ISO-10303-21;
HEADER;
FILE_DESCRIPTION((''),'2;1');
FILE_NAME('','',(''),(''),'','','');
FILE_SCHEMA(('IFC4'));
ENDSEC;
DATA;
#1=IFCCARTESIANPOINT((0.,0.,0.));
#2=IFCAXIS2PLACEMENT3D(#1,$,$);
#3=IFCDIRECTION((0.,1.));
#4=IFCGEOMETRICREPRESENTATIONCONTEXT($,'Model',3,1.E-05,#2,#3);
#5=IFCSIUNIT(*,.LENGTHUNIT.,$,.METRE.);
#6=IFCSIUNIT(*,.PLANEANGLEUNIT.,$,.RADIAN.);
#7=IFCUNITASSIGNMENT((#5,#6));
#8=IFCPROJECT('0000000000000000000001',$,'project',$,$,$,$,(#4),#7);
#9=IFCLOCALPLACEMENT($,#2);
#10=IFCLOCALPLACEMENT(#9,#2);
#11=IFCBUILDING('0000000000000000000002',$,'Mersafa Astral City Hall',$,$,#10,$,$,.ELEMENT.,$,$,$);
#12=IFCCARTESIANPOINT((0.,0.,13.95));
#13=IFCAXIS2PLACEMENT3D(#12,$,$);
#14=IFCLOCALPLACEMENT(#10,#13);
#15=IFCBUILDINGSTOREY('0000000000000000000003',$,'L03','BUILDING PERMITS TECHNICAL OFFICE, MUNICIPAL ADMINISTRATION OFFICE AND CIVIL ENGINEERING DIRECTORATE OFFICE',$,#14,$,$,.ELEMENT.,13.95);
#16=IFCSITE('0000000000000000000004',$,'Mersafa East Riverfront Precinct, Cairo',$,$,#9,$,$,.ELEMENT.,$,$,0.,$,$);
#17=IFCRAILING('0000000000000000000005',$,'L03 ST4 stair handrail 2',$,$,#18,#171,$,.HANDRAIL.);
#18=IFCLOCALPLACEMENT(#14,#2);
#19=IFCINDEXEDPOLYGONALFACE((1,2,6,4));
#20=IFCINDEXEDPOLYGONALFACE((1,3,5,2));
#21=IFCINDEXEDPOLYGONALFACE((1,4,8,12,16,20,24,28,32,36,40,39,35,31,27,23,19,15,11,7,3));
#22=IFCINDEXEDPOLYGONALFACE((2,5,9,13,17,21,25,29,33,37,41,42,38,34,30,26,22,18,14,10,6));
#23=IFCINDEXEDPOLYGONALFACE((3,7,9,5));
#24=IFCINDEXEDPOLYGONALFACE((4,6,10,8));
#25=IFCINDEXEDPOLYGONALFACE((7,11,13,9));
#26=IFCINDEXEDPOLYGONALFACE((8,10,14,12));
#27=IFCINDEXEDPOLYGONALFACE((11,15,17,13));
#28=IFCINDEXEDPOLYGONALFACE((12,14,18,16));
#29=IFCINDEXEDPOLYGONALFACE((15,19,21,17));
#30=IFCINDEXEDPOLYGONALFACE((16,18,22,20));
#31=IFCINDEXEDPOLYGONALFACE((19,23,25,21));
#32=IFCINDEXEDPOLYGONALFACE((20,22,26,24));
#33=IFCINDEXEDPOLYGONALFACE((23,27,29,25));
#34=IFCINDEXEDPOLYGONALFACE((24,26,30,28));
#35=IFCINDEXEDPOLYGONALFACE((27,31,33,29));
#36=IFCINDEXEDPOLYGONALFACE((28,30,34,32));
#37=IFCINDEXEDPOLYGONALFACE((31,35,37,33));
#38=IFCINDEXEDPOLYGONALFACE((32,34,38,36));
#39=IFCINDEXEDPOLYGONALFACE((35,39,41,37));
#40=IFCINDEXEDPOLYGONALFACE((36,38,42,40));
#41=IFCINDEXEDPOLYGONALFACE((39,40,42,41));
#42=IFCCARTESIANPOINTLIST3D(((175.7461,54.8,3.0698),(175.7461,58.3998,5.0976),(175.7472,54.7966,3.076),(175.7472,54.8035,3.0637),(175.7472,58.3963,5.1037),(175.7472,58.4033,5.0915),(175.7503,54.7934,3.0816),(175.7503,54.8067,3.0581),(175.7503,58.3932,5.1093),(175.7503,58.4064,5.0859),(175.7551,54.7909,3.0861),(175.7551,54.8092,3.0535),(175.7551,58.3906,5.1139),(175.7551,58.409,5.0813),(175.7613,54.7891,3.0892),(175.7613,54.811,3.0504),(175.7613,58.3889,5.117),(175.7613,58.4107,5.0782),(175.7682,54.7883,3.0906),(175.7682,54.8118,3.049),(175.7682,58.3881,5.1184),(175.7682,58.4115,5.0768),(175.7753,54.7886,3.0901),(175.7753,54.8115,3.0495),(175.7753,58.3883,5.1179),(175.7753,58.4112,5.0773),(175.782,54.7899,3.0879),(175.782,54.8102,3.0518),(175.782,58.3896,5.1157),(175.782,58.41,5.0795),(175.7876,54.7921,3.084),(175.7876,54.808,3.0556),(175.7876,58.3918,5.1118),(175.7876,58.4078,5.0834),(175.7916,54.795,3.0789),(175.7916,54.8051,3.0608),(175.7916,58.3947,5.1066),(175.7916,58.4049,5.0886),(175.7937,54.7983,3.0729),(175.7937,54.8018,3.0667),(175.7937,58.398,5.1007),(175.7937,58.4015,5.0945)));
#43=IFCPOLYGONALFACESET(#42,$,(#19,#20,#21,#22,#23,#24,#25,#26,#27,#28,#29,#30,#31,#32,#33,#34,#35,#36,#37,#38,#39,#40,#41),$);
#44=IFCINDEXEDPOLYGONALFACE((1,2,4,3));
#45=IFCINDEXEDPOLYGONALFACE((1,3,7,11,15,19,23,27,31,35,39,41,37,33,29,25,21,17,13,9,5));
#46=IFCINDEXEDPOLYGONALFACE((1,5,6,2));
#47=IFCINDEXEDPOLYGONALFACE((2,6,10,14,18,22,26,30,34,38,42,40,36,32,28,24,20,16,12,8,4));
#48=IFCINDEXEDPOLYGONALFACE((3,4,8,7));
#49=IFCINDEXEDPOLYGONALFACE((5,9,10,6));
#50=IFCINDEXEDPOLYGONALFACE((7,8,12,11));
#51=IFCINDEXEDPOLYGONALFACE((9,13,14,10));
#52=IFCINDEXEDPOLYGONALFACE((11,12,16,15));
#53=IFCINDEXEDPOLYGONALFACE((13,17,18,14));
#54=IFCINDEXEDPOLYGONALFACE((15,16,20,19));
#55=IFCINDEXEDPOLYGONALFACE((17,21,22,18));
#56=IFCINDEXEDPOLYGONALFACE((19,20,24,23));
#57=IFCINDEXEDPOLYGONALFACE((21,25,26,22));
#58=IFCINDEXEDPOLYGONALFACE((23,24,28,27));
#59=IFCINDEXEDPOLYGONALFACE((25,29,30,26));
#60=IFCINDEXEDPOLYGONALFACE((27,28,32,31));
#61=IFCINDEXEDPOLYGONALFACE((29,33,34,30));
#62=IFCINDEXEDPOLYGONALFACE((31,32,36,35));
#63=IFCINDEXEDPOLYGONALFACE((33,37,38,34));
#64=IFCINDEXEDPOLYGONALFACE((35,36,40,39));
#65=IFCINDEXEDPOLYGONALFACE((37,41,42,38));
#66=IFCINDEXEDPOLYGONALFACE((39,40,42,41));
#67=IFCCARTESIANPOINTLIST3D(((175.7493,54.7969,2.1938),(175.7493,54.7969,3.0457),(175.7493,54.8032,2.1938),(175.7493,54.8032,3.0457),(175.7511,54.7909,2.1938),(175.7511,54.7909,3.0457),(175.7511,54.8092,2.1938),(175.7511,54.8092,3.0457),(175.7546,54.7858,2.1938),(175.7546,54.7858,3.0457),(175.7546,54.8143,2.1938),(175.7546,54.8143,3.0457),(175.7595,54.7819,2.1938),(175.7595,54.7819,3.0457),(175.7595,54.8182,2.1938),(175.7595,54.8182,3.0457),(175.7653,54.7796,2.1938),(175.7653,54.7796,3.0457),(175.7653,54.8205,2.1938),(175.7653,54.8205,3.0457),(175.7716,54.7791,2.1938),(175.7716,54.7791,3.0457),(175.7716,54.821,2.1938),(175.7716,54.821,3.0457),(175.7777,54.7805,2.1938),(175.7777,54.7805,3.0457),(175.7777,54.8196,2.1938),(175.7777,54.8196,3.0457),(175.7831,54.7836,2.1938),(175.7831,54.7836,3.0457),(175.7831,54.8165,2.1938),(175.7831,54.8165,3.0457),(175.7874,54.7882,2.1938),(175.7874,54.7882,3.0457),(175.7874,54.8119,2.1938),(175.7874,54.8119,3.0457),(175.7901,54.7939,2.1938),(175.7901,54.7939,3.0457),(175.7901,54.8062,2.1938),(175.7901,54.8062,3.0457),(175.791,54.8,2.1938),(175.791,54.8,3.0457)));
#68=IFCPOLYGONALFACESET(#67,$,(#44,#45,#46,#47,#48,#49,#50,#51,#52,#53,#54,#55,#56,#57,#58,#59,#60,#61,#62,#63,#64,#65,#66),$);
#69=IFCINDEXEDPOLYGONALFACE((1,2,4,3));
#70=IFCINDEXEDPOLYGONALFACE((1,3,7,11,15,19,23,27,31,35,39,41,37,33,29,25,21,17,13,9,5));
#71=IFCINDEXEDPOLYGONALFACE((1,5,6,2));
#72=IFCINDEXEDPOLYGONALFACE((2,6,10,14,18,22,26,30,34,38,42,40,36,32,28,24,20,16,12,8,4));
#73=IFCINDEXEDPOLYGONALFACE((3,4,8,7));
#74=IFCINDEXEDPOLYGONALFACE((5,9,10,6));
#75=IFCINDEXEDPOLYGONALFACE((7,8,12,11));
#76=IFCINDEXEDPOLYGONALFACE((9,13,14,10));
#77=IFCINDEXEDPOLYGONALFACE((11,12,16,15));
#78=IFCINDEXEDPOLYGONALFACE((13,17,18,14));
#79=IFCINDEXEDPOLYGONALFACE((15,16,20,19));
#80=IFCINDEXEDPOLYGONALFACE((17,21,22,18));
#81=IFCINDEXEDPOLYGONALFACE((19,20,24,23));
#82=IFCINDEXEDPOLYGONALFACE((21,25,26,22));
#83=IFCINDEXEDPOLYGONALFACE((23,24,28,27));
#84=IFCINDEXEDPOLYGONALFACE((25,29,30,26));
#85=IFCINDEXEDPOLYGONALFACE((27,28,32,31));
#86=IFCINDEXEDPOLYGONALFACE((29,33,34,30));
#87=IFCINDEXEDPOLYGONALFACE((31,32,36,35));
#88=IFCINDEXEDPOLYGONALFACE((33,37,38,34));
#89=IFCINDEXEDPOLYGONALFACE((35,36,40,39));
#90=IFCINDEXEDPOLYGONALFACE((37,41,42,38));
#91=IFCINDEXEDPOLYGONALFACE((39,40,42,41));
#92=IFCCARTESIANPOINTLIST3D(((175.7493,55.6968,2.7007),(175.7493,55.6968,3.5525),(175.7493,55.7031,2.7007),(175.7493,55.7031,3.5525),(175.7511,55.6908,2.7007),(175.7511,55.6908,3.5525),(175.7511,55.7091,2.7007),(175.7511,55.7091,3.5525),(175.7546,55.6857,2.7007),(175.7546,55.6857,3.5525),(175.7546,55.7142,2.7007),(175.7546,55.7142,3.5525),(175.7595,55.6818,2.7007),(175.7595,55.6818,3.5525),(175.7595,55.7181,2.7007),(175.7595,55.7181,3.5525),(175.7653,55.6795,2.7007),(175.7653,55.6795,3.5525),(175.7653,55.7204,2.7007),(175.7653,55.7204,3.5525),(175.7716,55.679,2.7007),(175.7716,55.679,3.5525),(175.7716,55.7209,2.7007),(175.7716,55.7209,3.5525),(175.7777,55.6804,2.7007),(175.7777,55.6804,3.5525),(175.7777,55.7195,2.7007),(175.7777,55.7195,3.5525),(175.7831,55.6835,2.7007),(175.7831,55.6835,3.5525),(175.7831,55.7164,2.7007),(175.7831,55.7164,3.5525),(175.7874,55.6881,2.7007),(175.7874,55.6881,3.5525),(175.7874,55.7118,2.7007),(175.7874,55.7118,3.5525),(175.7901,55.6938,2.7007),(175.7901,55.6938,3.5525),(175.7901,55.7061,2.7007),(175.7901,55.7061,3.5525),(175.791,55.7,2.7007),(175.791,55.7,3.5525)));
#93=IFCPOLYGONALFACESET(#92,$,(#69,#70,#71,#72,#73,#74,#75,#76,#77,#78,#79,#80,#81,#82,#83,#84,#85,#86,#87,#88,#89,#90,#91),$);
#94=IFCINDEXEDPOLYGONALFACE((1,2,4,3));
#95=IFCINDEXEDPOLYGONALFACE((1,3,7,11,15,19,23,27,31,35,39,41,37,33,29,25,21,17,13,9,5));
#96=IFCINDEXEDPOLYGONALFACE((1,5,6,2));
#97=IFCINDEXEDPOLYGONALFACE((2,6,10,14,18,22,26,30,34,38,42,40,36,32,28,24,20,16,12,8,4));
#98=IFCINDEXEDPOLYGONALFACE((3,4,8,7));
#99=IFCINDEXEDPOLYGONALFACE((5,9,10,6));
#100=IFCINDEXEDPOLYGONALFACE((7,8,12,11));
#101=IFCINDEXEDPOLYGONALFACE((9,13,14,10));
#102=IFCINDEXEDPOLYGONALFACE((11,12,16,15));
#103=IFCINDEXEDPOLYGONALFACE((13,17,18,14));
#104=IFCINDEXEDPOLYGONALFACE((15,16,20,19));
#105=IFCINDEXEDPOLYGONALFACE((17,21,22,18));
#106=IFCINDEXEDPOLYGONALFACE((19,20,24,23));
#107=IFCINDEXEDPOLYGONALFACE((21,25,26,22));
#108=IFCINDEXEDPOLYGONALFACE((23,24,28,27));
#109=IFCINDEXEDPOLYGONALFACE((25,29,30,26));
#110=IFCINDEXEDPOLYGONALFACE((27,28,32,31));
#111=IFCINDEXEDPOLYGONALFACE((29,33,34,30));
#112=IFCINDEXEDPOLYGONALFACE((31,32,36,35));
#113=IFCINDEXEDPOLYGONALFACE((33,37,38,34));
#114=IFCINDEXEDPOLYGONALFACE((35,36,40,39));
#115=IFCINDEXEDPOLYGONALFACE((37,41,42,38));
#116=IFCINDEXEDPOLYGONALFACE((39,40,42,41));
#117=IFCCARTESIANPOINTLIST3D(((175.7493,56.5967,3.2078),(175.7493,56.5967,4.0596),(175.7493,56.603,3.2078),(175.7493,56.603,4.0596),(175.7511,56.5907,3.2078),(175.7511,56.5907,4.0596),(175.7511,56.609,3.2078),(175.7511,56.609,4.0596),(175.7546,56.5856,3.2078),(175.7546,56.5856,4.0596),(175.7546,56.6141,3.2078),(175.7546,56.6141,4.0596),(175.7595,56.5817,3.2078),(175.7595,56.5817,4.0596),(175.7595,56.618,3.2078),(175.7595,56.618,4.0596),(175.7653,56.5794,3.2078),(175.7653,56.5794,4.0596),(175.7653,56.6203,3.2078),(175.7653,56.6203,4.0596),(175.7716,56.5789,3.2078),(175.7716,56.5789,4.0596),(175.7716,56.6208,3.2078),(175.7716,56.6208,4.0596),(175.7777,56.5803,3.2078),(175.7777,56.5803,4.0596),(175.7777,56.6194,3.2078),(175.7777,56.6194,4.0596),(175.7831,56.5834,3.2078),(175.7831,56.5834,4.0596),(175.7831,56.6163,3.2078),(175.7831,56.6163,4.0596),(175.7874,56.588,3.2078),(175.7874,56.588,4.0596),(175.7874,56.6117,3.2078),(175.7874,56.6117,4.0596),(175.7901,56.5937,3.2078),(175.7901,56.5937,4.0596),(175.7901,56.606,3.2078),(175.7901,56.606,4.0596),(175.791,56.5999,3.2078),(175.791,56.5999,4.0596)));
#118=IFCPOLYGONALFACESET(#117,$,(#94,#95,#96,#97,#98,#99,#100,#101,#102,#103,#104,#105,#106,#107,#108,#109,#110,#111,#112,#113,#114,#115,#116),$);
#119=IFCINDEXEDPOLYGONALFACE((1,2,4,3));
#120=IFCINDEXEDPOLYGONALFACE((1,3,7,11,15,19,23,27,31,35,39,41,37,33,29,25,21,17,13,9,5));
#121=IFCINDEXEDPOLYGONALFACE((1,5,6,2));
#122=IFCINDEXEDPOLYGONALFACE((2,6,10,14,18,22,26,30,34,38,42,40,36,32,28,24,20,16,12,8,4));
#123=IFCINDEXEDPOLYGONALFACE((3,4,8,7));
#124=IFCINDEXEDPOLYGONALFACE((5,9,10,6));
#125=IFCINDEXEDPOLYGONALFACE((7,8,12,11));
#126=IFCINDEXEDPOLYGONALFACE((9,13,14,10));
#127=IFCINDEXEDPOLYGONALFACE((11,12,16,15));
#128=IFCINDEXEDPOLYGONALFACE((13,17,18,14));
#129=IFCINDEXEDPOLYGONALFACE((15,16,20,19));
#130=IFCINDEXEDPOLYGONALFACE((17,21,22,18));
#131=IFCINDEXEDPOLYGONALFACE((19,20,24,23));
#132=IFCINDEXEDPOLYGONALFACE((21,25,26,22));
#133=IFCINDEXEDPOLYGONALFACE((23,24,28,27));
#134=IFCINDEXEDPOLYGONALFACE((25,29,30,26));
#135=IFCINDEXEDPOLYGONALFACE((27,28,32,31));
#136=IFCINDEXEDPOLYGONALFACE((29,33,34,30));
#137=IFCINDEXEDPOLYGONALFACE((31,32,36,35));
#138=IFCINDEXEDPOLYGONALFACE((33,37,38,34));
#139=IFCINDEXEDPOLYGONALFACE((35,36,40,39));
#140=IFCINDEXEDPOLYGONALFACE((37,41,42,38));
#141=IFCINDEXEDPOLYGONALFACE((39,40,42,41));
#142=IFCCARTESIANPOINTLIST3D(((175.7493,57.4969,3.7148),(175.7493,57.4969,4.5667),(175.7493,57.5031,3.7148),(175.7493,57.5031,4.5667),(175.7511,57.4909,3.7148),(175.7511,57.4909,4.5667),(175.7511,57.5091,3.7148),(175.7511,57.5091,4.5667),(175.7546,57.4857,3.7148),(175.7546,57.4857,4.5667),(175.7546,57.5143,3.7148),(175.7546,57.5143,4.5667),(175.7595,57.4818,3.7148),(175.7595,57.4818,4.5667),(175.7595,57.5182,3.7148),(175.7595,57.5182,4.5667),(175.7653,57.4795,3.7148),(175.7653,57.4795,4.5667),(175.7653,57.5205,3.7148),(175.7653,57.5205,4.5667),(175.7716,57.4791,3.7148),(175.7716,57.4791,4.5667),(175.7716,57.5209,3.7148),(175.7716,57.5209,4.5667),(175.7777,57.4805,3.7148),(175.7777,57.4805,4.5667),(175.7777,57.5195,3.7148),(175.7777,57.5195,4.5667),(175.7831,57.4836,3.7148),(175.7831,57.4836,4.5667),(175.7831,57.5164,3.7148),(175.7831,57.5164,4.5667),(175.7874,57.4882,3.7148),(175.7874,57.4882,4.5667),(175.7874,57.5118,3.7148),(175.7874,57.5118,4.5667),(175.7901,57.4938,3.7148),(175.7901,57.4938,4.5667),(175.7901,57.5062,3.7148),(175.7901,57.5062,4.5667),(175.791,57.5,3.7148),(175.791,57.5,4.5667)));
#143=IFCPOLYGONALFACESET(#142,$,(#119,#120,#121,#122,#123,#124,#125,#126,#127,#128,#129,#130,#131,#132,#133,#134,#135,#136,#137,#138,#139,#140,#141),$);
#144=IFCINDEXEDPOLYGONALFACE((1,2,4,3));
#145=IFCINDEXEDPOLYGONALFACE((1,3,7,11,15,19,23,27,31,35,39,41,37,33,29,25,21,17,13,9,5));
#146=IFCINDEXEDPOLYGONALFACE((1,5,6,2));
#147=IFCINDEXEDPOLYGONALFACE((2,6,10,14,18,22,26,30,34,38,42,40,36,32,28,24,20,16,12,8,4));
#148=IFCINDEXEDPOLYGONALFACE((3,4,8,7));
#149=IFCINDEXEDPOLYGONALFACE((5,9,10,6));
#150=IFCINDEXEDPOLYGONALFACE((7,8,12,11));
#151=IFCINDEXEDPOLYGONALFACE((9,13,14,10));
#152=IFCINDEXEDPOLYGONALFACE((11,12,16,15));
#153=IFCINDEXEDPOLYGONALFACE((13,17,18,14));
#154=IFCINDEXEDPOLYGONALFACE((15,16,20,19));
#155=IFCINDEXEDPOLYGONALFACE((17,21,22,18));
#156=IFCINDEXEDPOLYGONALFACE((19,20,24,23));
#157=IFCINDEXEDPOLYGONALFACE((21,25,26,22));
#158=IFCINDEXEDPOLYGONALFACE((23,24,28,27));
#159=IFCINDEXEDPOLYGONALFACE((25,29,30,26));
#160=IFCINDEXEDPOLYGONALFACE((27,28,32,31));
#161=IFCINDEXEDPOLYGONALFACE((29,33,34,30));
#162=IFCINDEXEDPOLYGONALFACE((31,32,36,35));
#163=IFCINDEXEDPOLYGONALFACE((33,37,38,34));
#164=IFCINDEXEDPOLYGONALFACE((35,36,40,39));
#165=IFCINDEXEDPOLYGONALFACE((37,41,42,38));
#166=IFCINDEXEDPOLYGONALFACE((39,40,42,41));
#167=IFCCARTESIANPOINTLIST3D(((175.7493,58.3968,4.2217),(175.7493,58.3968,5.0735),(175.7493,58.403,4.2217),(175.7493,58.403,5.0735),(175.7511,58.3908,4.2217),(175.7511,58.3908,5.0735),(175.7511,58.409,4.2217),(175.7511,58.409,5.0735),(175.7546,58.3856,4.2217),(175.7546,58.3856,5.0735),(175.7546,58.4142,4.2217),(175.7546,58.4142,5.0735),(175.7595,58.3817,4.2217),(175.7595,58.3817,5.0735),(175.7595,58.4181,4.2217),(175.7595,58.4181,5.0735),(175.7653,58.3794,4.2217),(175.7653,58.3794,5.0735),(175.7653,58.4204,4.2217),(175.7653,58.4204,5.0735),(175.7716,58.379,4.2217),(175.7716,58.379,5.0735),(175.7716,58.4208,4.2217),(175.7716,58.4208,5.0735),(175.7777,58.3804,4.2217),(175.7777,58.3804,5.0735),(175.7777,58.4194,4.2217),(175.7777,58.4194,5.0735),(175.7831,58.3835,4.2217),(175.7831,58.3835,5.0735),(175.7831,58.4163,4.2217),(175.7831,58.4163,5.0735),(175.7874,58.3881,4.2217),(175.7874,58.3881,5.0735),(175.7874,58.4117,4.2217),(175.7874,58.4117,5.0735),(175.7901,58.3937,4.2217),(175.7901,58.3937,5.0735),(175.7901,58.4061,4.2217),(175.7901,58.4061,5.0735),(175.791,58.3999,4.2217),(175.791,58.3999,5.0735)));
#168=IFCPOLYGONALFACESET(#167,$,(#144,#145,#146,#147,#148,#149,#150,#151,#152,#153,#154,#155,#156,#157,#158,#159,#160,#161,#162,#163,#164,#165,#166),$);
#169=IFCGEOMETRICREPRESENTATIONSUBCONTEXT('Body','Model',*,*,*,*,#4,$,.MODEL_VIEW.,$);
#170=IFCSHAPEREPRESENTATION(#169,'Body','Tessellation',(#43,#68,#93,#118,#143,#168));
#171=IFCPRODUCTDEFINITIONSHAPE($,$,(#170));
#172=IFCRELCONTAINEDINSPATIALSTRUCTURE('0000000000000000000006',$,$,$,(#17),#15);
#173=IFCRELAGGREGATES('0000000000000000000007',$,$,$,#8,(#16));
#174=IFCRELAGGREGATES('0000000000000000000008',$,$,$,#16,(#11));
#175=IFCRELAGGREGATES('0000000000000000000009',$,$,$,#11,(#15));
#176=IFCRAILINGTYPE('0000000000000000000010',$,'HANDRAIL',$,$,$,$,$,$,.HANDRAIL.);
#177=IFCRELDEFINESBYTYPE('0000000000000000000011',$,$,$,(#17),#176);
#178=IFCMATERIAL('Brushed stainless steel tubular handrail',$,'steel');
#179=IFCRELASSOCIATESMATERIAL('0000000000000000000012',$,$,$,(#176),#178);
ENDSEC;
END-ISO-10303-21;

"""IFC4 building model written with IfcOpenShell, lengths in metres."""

from ifc_helpers import new_model, si_unit, direction, frame, origin, origin_2d, place, context, subcontext, project, spatial, circle, extrude, material, type_object, element, save


model = new_model("IFC4")

# Units and contexts
model_context = context("Model", 3, precision=1e-05, world=origin(), true_north=direction((0.0, 1.0)))
body_context = subcontext(model_context, "Body", "Model", "MODEL_VIEW")
ifc_project = project(units=[si_unit("LENGTHUNIT", "METRE"), si_unit("PLANEANGLEUNIT", "RADIAN")], contexts=[model_context])

# Site, building, storey
site_placement = place(None, origin())
site = spatial("IfcSite", under=ifc_project, at=site_placement, Name="Mersafa East Riverfront Precinct, Cairo", CompositionType="ELEMENT", RefElevation=0.0)
building_placement = place(site_placement, origin())
building = spatial("IfcBuilding", under=site, at=building_placement, Name="Mersafa Astral City Hall", CompositionType="ELEMENT")
storey_placement = place(building_placement, frame((0.0, 0.0, 13.95)))
storey = spatial("IfcBuildingStorey", under=building, at=storey_placement, Name="L03", Description="BUILDING PERMITS TECHNICAL OFFICE, MUNICIPAL ADMINISTRATION OFFICE AND CIVIL ENGINEERING DIRECTORATE OFFICE", CompositionType="ELEMENT", Elevation=13.95)

# Railing
ifc_material_1 = material(Name="Brushed stainless steel tubular handrail", Category="steel")
railing_type_1 = type_object("IfcRailingType", Name="HANDRAIL", PredefinedType="HANDRAIL", material=ifc_material_1)
railing_1_placement = place(storey_placement, frame((175.77, 54.8, 2.1938)))
element("IfcRailing", 1, at=railing_1_placement, inside=storey, type_object=railing_type_1, Name="L03 ST4 stair handrail 2", PredefinedType="HANDRAIL", context=body_context, shape_type="SweptSolid", body=[
    extrude(circle(Radius=0.0239, at=origin_2d()), frame((0.0, 0.0, 0.876), z_axis=(0.0, 0.871274, 0.490797), x_axis=(-1.0, 0.0, 0.0)), (0.0, 0.0, 1.0), 4.1316),
    extrude(circle(Radius=0.021, at=origin_2d()), origin(), (0.0, 0.0, 1.0), 0.8518),
    extrude(circle(Radius=0.021, at=origin_2d()), frame((0.0, 0.8999, 0.5068)), (0.0, 0.0, 1.0), 0.8518),
    extrude(circle(Radius=0.021, at=origin_2d()), frame((0.0, 1.7998, 1.0139)), (0.0, 0.0, 1.0), 0.8518),
    extrude(circle(Radius=0.021, at=origin_2d()), frame((0.0, 2.7, 1.521)), (0.0, 0.0, 1.0), 0.8518),
    extrude(circle(Radius=0.021, at=origin_2d()), frame((0.0, 3.5999, 2.0278)), (0.0, 0.0, 1.0), 0.8518),
])

save(model, "model.ifc")
